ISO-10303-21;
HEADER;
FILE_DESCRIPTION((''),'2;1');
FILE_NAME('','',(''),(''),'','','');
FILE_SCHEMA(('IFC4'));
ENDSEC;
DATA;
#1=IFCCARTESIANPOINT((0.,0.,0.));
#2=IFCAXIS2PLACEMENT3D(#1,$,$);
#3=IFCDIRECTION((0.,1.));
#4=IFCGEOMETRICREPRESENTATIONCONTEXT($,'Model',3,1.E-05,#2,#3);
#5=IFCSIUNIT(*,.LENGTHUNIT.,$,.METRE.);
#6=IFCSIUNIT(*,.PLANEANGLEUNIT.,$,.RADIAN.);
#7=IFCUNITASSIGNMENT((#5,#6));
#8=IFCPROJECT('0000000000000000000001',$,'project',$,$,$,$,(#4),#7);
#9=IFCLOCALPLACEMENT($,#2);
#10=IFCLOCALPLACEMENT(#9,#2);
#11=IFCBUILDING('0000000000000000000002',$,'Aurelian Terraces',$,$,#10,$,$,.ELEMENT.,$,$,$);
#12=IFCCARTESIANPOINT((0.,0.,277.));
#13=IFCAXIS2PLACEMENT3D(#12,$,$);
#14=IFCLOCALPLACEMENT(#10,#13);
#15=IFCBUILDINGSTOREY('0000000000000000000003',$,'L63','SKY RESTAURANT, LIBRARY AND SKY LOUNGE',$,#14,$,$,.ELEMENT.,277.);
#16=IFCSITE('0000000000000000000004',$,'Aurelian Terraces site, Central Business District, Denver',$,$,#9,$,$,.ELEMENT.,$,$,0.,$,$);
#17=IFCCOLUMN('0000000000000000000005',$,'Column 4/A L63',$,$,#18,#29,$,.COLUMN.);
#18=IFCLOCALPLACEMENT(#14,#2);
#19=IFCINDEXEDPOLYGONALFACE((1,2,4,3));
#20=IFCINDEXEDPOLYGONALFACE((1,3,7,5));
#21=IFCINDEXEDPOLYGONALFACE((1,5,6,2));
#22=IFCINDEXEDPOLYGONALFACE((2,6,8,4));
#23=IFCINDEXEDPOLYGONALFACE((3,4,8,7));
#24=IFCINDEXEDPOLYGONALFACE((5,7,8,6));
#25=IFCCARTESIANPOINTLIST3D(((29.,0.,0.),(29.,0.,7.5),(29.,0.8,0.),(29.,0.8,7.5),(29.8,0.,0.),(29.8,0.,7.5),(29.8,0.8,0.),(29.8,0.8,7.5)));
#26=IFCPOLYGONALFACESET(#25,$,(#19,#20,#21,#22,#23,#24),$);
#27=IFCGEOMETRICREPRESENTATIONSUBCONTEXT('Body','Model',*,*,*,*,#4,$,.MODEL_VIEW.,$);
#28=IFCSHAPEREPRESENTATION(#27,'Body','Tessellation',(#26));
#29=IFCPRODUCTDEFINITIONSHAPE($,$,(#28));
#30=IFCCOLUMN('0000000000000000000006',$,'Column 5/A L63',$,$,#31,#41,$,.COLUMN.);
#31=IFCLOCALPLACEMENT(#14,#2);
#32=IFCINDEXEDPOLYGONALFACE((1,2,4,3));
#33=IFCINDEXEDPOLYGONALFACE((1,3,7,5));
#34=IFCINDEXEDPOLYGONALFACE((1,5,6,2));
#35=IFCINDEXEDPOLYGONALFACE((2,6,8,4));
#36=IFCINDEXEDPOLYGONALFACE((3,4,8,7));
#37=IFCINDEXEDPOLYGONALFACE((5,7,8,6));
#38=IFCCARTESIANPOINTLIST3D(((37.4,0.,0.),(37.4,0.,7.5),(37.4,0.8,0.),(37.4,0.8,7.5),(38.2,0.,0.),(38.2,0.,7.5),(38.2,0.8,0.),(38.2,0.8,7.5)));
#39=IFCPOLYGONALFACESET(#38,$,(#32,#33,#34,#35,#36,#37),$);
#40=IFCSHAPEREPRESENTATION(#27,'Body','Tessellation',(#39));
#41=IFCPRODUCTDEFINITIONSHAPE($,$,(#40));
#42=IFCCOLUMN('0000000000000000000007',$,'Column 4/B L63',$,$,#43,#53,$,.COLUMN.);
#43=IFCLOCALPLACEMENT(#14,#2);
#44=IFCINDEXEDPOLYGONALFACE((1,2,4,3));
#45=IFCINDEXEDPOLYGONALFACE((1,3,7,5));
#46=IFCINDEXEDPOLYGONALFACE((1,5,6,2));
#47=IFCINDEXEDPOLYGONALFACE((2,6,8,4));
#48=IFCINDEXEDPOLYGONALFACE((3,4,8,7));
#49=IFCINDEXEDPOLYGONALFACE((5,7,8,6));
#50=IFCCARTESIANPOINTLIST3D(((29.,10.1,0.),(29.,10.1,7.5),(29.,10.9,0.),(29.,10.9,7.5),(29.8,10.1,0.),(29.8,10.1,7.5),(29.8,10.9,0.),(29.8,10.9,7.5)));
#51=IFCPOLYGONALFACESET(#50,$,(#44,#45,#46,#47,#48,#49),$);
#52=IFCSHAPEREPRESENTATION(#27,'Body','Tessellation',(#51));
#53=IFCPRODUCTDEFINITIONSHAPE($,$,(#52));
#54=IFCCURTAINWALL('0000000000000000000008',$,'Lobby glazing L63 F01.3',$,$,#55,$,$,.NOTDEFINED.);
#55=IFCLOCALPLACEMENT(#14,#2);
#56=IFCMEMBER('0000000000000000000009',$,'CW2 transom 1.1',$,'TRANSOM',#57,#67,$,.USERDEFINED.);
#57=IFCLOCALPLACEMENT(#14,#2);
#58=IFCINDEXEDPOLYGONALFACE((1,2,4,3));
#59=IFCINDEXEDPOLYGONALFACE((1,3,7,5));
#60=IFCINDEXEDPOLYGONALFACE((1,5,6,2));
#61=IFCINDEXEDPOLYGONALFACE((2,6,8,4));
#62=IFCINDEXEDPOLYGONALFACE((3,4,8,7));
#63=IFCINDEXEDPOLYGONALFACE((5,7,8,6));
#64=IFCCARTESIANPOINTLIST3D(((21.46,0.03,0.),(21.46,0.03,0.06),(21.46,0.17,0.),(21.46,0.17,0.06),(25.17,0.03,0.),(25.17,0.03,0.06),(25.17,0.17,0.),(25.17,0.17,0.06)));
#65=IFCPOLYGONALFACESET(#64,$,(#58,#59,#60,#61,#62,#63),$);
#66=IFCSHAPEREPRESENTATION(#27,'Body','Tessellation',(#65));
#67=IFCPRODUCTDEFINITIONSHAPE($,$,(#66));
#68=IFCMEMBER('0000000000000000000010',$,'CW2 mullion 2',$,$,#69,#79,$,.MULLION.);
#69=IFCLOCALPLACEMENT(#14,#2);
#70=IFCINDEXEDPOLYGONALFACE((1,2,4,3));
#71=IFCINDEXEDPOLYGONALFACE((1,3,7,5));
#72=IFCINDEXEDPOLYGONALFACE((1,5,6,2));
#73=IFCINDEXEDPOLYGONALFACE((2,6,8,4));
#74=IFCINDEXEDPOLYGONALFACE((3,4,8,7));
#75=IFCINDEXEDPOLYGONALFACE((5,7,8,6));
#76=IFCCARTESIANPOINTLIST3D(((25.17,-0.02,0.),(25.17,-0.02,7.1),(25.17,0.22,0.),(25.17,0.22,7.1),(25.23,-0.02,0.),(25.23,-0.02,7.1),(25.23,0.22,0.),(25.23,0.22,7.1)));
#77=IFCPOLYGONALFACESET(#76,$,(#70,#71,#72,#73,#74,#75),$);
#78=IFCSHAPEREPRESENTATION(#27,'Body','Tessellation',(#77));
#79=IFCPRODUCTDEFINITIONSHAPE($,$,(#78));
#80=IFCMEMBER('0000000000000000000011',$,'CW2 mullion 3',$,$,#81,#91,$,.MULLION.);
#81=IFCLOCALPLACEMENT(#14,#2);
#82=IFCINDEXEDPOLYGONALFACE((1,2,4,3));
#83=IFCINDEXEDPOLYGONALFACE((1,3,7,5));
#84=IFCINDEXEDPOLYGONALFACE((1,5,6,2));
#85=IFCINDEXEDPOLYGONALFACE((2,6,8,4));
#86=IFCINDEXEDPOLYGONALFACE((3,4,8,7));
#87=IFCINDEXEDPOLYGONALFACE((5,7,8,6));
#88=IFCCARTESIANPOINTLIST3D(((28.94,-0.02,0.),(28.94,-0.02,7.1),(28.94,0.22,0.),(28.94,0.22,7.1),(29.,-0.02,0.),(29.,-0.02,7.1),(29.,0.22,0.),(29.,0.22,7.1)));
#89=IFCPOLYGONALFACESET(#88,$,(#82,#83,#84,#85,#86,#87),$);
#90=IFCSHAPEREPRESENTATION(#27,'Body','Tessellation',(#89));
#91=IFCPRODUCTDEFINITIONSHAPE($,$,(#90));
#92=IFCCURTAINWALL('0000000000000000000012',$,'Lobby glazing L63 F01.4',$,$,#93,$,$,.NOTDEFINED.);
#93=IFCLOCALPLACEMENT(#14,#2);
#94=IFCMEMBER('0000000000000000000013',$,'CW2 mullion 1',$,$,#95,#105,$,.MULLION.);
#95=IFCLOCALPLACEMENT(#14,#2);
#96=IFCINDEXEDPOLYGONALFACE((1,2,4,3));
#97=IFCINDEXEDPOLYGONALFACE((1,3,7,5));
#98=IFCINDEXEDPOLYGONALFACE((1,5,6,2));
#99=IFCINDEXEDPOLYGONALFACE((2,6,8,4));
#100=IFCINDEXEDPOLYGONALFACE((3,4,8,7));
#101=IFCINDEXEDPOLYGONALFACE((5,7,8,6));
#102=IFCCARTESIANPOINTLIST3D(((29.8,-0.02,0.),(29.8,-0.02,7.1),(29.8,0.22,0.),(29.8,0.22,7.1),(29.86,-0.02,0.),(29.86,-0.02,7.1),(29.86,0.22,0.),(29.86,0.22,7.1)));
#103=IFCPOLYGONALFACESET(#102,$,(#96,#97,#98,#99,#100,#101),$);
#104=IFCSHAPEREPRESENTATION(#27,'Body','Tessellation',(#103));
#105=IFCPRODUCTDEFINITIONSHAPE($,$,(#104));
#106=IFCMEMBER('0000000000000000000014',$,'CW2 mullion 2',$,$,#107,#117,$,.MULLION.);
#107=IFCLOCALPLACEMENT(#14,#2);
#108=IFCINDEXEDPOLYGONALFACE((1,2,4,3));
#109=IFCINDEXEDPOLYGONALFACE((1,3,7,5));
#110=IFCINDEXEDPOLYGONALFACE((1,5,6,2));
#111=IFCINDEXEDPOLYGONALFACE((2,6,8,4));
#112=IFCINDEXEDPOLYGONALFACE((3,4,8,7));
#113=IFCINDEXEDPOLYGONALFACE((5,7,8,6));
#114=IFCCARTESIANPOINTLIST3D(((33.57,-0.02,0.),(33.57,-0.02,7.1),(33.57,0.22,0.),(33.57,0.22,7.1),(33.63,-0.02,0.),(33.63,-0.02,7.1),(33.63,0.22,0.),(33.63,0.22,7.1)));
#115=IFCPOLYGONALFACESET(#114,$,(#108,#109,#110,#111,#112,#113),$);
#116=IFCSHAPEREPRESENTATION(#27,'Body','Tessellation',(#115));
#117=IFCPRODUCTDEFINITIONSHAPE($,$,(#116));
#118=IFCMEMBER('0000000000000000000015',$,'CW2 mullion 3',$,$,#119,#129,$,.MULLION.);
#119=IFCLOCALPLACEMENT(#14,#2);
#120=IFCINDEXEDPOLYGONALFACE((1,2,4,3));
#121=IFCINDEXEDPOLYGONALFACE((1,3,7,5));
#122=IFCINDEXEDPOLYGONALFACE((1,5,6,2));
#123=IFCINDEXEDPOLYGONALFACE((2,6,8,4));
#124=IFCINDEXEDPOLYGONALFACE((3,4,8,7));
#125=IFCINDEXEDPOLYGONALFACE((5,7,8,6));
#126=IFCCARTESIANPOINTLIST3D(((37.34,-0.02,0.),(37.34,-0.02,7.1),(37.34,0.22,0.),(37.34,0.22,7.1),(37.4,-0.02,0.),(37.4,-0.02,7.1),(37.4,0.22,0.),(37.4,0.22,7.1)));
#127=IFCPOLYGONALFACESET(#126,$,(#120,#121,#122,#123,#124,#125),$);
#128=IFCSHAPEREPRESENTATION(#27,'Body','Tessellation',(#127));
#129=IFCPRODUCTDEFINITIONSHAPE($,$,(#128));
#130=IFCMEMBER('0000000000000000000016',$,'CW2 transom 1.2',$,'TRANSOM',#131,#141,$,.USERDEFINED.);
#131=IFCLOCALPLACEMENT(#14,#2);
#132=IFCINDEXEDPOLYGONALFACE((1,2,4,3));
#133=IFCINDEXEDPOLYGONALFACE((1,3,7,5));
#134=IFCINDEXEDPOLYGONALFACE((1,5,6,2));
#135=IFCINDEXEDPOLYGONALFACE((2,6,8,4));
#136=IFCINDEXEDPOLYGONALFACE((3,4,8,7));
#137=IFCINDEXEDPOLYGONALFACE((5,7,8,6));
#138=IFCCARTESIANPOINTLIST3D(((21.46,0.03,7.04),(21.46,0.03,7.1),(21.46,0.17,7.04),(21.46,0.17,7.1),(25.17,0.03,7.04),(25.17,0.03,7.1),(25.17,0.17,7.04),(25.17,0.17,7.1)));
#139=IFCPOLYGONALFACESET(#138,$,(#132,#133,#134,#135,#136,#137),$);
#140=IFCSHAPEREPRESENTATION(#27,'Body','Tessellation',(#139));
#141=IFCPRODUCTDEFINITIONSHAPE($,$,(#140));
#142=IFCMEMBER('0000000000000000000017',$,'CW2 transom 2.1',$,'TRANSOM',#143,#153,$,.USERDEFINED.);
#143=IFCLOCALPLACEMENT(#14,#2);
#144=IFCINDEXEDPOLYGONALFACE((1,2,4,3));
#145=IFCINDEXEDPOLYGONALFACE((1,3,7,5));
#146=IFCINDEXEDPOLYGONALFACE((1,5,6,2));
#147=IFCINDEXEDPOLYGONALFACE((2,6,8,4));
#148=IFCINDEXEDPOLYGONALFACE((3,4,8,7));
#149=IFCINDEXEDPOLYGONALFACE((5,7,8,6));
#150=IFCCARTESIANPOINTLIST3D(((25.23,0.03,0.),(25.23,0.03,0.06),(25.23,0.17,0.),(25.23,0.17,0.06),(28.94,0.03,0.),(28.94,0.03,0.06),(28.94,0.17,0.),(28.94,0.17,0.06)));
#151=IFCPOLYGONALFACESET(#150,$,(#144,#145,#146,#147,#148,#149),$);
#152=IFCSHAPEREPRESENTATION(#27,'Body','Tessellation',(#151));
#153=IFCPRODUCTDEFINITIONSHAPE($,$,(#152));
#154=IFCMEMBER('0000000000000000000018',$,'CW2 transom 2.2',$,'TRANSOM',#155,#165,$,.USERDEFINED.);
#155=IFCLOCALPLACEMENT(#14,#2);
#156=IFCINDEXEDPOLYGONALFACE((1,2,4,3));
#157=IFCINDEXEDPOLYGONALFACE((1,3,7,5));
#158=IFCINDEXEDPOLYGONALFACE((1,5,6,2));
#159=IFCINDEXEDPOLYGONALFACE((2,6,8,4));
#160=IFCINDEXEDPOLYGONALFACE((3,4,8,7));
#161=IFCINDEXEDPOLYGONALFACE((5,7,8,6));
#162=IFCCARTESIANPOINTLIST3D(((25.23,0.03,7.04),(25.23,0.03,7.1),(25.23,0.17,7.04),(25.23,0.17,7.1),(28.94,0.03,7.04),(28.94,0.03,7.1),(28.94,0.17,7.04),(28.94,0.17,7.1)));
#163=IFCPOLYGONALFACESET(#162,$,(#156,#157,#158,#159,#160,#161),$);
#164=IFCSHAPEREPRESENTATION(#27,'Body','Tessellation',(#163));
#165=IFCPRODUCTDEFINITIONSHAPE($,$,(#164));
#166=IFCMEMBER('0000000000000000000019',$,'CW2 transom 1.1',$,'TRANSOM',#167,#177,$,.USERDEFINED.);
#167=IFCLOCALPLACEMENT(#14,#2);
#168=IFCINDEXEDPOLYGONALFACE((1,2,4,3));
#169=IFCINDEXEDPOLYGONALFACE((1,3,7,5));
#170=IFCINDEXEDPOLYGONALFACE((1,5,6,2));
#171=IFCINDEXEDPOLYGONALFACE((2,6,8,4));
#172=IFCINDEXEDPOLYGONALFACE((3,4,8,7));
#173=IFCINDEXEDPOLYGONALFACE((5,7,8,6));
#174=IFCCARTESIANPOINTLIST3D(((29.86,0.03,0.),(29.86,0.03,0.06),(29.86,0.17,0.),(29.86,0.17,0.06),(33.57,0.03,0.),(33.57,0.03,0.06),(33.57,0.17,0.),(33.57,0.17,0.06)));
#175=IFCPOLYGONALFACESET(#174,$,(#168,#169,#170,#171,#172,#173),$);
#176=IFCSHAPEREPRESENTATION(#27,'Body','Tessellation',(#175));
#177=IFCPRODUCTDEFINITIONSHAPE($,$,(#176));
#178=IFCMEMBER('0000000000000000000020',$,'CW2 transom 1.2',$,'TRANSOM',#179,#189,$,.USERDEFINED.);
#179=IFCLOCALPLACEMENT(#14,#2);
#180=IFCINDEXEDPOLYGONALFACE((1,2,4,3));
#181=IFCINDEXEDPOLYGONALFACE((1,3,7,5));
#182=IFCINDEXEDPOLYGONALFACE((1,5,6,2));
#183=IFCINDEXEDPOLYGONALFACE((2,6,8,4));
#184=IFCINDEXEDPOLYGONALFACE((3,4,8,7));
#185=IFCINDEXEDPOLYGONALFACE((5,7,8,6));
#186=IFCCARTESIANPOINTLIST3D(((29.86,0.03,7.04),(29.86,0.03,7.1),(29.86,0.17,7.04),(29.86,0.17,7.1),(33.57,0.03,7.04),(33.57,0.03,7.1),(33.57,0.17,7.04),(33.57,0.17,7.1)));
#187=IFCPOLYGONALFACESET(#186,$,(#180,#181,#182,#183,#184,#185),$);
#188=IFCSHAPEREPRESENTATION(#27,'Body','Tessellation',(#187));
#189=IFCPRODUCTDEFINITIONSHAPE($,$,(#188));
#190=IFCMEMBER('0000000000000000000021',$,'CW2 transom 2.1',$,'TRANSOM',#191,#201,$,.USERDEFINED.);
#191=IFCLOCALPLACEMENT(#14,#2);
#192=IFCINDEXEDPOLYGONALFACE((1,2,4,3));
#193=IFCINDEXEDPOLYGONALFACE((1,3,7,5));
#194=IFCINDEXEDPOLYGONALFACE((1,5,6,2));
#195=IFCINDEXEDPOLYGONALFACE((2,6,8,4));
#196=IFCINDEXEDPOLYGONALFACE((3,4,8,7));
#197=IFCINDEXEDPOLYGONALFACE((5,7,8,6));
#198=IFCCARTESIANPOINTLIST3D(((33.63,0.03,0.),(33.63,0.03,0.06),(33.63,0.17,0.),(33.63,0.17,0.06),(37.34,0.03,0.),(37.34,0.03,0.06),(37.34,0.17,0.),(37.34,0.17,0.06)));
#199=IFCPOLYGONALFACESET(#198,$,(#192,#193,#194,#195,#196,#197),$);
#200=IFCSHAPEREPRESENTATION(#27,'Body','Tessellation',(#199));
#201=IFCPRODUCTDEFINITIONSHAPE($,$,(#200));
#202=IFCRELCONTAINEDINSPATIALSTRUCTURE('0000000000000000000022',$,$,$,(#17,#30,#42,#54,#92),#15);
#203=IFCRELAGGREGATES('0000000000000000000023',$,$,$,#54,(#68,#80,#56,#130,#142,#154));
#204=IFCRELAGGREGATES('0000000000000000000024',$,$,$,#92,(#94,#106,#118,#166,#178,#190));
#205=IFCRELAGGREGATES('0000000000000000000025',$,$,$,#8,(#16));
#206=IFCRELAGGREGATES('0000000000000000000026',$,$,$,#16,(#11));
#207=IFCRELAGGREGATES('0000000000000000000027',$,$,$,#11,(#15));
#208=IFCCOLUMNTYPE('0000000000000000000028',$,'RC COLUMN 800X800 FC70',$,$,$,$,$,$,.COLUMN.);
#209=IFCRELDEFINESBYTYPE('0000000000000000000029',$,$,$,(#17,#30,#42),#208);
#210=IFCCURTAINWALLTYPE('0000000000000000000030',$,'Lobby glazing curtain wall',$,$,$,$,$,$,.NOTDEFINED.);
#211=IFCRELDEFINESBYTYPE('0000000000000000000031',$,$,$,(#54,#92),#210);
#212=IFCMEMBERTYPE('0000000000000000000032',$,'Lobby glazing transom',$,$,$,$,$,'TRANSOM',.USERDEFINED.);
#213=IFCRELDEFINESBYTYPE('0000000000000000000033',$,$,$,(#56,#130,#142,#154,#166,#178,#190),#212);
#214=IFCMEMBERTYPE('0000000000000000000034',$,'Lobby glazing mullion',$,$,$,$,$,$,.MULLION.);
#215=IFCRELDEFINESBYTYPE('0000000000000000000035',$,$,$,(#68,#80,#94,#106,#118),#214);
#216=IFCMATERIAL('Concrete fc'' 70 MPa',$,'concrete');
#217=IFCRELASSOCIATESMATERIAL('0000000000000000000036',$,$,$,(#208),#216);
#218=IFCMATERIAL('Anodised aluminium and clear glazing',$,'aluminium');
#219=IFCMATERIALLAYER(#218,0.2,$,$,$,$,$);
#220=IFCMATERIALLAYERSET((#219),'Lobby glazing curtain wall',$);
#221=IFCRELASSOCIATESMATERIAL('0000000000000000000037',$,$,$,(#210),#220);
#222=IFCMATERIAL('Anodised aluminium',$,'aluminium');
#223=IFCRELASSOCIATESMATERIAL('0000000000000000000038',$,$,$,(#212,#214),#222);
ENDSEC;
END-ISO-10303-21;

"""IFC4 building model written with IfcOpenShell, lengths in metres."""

from ifc_helpers import new_model, si_unit, direction, frame, origin, origin_2d, place, context, subcontext, project, spatial, rectangle, extrude, source, transform, mapped, material, layer, layer_set, material_profile, profile_set, type_object, element, aggregate, save


model = new_model("IFC4")

# Units and contexts
model_context = context("Model", 3, precision=1e-05, world=origin(), true_north=direction((0.0, 1.0)))
body_context = subcontext(model_context, "Body", "Model", "MODEL_VIEW")
ifc_project = project(units=[si_unit("LENGTHUNIT", "METRE"), si_unit("PLANEANGLEUNIT", "RADIAN")], contexts=[model_context])

# Site, building, storey
site_placement = place(None, origin())
site = spatial("IfcSite", under=ifc_project, at=site_placement, Name="Aurelian Terraces site, Central Business District, Denver", CompositionType="ELEMENT", RefElevation=0.0)
building_placement = place(site_placement, origin())
building = spatial("IfcBuilding", under=site, at=building_placement, Name="Aurelian Terraces", CompositionType="ELEMENT")
storey_placement = place(building_placement, frame((0.0, 0.0, 277.0)))
storey = spatial("IfcBuildingStorey", under=building, at=storey_placement, Name="L63", Description="SKY RESTAURANT, LIBRARY AND SKY LOUNGE", CompositionType="ELEMENT", Elevation=277.0)

# Columns
ifc_material_1 = material(Name="Concrete fc' 70 MPa", Category="concrete")
ifc_material_profile_1 = material_profile(ifc_material_1, rectangle(XDim=0.8, YDim=0.8, at=origin_2d()))
ifc_profile_set_1 = profile_set([ifc_material_profile_1], Name="Concrete fc' 70 MPa")
column_type = type_object("IfcColumnType", Name="RC COLUMN 800X800 FC70", PredefinedType="COLUMN", material=ifc_profile_set_1)
shared_shape_1 = source(origin(), body_context, "Body", "SweptSolid", [
    extrude(rectangle(XDim=0.8, YDim=0.8, at=origin_2d()), origin(), (0.0, 0.0, 1.0), 7.5),
])
for number, where, z_axis, x_axis, name in (
    (1, (29.4, 0.4, 0.0), (0.0, 0.0, 1.0), (1.0, 0.0, 0.0), "Column 4/A L63"),
    (2, (37.8, 0.4, 0.0), (0.0, 0.0, 1.0), (1.0, 0.0, 0.0), "Column 5/A L63"),
    (3, (29.4, 10.5, 0.0), (0.0, 0.0, 1.0), (1.0, 0.0, 0.0), "Column 4/B L63"),
):
    element("IfcColumn", number, at=place(storey_placement, frame(where, z_axis=z_axis, x_axis=x_axis)), inside=storey, type_object=column_type, Name=name, PredefinedType="COLUMN", context=body_context, shape_type="MappedRepresentation", body=[
        mapped(shared_shape_1, transform((0.0, 0.0, 0.0), scale=1.0)),
    ])

# Curtain walls, members
ifc_material_2 = material(Name="Anodised aluminium and clear glazing", Category="aluminium")
ifc_layer_1 = layer(ifc_material_2, 0.2)
ifc_layer_set_1 = layer_set([ifc_layer_1], Name="Lobby glazing curtain wall")
curtain_wall_type = type_object("IfcCurtainWallType", Name="Lobby glazing curtain wall", PredefinedType="NOTDEFINED", material=ifc_layer_set_1)
curtain_wall_1_placement = place(storey_placement, origin())
curtain_wall_1 = element("IfcCurtainWall", 4, at=curtain_wall_1_placement, inside=storey, type_object=curtain_wall_type, Name="Lobby glazing L63 F01.3", PredefinedType="NOTDEFINED")
ifc_material_3 = material(Name="Anodised aluminium", Category="aluminium")
ifc_material_profile_2 = material_profile(ifc_material_3, rectangle(XDim=0.14, YDim=0.06, at=origin_2d()))
ifc_profile_set_2 = profile_set([ifc_material_profile_2], Name="Anodised aluminium")
member_type_1 = type_object("IfcMemberType", Name="Lobby glazing transom", ElementType="TRANSOM", PredefinedType="USERDEFINED", material=ifc_profile_set_2)
member_1_placement = place(storey_placement, frame((21.46, 0.1, 0.03), z_axis=(1.0, 0.0, 0.0), x_axis=(0.0, 1.0, 0.0)))
member_1 = element("IfcMember", 5, at=member_1_placement, type_object=member_type_1, Name="CW2 transom 1.1", ObjectType="TRANSOM", PredefinedType="USERDEFINED", context=body_context, shape_type="SweptSolid", body=[
    extrude(rectangle(XDim=0.14, YDim=0.06, at=origin_2d()), origin(), (0.0, 0.0, 1.0), 3.71),
])
ifc_material_profile_3 = material_profile(ifc_material_3, rectangle(XDim=0.24, YDim=0.06, at=origin_2d()))
ifc_profile_set_3 = profile_set([ifc_material_profile_3], Name="Anodised aluminium")
member_type_2 = type_object("IfcMemberType", Name="Lobby glazing mullion", PredefinedType="MULLION", material=ifc_profile_set_3)
shared_shape_2 = source(origin(), body_context, "Body", "SweptSolid", [
    extrude(rectangle(XDim=0.24, YDim=0.06, at=origin_2d()), origin(), (0.0, 0.0, 1.0), 7.1),
])
member_2_placement = place(storey_placement, frame((25.2, 0.1, 0.0), z_axis=(0.0, 0.0, 1.0), x_axis=(0.0, 1.0, 0.0)))
member_2 = element("IfcMember", 6, at=member_2_placement, type_object=member_type_2, Name="CW2 mullion 2", PredefinedType="MULLION", context=body_context, shape_type="MappedRepresentation", body=[
    mapped(shared_shape_2, transform((0.0, 0.0, 0.0), scale=1.0)),
])
member_3_placement = place(storey_placement, frame((28.97, 0.1, 0.0), z_axis=(0.0, 0.0, 1.0), x_axis=(0.0, 1.0, 0.0)))
member_3 = element("IfcMember", 7, at=member_3_placement, type_object=member_type_2, Name="CW2 mullion 3", PredefinedType="MULLION", context=body_context, shape_type="MappedRepresentation", body=[
    mapped(shared_shape_2, transform((0.0, 0.0, 0.0), scale=1.0)),
])
curtain_wall_2_placement = place(storey_placement, origin())
curtain_wall_2 = element("IfcCurtainWall", 8, at=curtain_wall_2_placement, inside=storey, type_object=curtain_wall_type, Name="Lobby glazing L63 F01.4", PredefinedType="NOTDEFINED")
member_4_placement = place(storey_placement, frame((29.83, 0.1, 0.0), z_axis=(0.0, 0.0, 1.0), x_axis=(0.0, 1.0, 0.0)))
member_4 = element("IfcMember", 9, at=member_4_placement, type_object=member_type_2, Name="CW2 mullion 1", PredefinedType="MULLION", context=body_context, shape_type="MappedRepresentation", body=[
    mapped(shared_shape_2, transform((0.0, 0.0, 0.0), scale=1.0)),
])
member_5_placement = place(storey_placement, frame((33.6, 0.1, 0.0), z_axis=(0.0, 0.0, 1.0), x_axis=(0.0, 1.0, 0.0)))
member_5 = element("IfcMember", 10, at=member_5_placement, type_object=member_type_2, Name="CW2 mullion 2", PredefinedType="MULLION", context=body_context, shape_type="MappedRepresentation", body=[
    mapped(shared_shape_2, transform((0.0, 0.0, 0.0), scale=1.0)),
])
member_6_placement = place(storey_placement, frame((37.37, 0.1, 0.0), z_axis=(0.0, 0.0, 1.0), x_axis=(0.0, 1.0, 0.0)))
member_6 = element("IfcMember", 11, at=member_6_placement, type_object=member_type_2, Name="CW2 mullion 3", PredefinedType="MULLION", context=body_context, shape_type="MappedRepresentation", body=[
    mapped(shared_shape_2, transform((0.0, 0.0, 0.0), scale=1.0)),
])

# Members
shared_shape_3 = source(origin(), body_context, "Body", "SweptSolid", [
    extrude(rectangle(XDim=0.14, YDim=0.06, at=origin_2d()), origin(), (0.0, 0.0, 1.0), 3.71),
])
member_7_placement = place(storey_placement, frame((21.46, 0.1, 7.07), z_axis=(1.0, 0.0, 0.0), x_axis=(0.0, 1.0, 0.0)))
member_7 = element("IfcMember", 12, at=member_7_placement, type_object=member_type_1, Name="CW2 transom 1.2", ObjectType="TRANSOM", PredefinedType="USERDEFINED", context=body_context, shape_type="MappedRepresentation", body=[
    mapped(shared_shape_3, transform((0.0, 0.0, 0.0), scale=1.0)),
])
member_8_placement = place(storey_placement, frame((25.23, 0.1, 0.03), z_axis=(1.0, 0.0, 0.0), x_axis=(0.0, 1.0, 0.0)))
member_8 = element("IfcMember", 13, at=member_8_placement, type_object=member_type_1, Name="CW2 transom 2.1", ObjectType="TRANSOM", PredefinedType="USERDEFINED", context=body_context, shape_type="MappedRepresentation", body=[
    mapped(shared_shape_3, transform((0.0, 0.0, 0.0), scale=1.0)),
])
member_9_placement = place(storey_placement, frame((25.23, 0.1, 7.07), z_axis=(1.0, 0.0, 0.0), x_axis=(0.0, 1.0, 0.0)))
member_9 = element("IfcMember", 14, at=member_9_placement, type_object=member_type_1, Name="CW2 transom 2.2", ObjectType="TRANSOM", PredefinedType="USERDEFINED", context=body_context, shape_type="MappedRepresentation", body=[
    mapped(shared_shape_3, transform((0.0, 0.0, 0.0), scale=1.0)),
])
member_10_placement = place(storey_placement, frame((29.86, 0.1, 0.03), z_axis=(1.0, 0.0, 0.0), x_axis=(0.0, 1.0, 0.0)))
member_10 = element("IfcMember", 15, at=member_10_placement, type_object=member_type_1, Name="CW2 transom 1.1", ObjectType="TRANSOM", PredefinedType="USERDEFINED", context=body_context, shape_type="MappedRepresentation", body=[
    mapped(shared_shape_3, transform((0.0, 0.0, 0.0), scale=1.0)),
])
member_11_placement = place(storey_placement, frame((29.86, 0.1, 7.07), z_axis=(1.0, 0.0, 0.0), x_axis=(0.0, 1.0, 0.0)))
member_11 = element("IfcMember", 16, at=member_11_placement, type_object=member_type_1, Name="CW2 transom 1.2", ObjectType="TRANSOM", PredefinedType="USERDEFINED", context=body_context, shape_type="MappedRepresentation", body=[
    mapped(shared_shape_3, transform((0.0, 0.0, 0.0), scale=1.0)),
])
member_12_placement = place(storey_placement, frame((33.63, 0.1, 0.03), z_axis=(1.0, 0.0, 0.0), x_axis=(0.0, 1.0, 0.0)))
member_12 = element("IfcMember", 17, at=member_12_placement, type_object=member_type_1, Name="CW2 transom 2.1", ObjectType="TRANSOM", PredefinedType="USERDEFINED", context=body_context, shape_type="MappedRepresentation", body=[
    mapped(shared_shape_3, transform((0.0, 0.0, 0.0), scale=1.0)),
])

aggregate(curtain_wall_1, [member_2, member_3, member_1, member_7, member_8, member_9])
aggregate(curtain_wall_2, [member_4, member_5, member_6, member_10, member_11, member_12])

save(model, "model.ifc")
